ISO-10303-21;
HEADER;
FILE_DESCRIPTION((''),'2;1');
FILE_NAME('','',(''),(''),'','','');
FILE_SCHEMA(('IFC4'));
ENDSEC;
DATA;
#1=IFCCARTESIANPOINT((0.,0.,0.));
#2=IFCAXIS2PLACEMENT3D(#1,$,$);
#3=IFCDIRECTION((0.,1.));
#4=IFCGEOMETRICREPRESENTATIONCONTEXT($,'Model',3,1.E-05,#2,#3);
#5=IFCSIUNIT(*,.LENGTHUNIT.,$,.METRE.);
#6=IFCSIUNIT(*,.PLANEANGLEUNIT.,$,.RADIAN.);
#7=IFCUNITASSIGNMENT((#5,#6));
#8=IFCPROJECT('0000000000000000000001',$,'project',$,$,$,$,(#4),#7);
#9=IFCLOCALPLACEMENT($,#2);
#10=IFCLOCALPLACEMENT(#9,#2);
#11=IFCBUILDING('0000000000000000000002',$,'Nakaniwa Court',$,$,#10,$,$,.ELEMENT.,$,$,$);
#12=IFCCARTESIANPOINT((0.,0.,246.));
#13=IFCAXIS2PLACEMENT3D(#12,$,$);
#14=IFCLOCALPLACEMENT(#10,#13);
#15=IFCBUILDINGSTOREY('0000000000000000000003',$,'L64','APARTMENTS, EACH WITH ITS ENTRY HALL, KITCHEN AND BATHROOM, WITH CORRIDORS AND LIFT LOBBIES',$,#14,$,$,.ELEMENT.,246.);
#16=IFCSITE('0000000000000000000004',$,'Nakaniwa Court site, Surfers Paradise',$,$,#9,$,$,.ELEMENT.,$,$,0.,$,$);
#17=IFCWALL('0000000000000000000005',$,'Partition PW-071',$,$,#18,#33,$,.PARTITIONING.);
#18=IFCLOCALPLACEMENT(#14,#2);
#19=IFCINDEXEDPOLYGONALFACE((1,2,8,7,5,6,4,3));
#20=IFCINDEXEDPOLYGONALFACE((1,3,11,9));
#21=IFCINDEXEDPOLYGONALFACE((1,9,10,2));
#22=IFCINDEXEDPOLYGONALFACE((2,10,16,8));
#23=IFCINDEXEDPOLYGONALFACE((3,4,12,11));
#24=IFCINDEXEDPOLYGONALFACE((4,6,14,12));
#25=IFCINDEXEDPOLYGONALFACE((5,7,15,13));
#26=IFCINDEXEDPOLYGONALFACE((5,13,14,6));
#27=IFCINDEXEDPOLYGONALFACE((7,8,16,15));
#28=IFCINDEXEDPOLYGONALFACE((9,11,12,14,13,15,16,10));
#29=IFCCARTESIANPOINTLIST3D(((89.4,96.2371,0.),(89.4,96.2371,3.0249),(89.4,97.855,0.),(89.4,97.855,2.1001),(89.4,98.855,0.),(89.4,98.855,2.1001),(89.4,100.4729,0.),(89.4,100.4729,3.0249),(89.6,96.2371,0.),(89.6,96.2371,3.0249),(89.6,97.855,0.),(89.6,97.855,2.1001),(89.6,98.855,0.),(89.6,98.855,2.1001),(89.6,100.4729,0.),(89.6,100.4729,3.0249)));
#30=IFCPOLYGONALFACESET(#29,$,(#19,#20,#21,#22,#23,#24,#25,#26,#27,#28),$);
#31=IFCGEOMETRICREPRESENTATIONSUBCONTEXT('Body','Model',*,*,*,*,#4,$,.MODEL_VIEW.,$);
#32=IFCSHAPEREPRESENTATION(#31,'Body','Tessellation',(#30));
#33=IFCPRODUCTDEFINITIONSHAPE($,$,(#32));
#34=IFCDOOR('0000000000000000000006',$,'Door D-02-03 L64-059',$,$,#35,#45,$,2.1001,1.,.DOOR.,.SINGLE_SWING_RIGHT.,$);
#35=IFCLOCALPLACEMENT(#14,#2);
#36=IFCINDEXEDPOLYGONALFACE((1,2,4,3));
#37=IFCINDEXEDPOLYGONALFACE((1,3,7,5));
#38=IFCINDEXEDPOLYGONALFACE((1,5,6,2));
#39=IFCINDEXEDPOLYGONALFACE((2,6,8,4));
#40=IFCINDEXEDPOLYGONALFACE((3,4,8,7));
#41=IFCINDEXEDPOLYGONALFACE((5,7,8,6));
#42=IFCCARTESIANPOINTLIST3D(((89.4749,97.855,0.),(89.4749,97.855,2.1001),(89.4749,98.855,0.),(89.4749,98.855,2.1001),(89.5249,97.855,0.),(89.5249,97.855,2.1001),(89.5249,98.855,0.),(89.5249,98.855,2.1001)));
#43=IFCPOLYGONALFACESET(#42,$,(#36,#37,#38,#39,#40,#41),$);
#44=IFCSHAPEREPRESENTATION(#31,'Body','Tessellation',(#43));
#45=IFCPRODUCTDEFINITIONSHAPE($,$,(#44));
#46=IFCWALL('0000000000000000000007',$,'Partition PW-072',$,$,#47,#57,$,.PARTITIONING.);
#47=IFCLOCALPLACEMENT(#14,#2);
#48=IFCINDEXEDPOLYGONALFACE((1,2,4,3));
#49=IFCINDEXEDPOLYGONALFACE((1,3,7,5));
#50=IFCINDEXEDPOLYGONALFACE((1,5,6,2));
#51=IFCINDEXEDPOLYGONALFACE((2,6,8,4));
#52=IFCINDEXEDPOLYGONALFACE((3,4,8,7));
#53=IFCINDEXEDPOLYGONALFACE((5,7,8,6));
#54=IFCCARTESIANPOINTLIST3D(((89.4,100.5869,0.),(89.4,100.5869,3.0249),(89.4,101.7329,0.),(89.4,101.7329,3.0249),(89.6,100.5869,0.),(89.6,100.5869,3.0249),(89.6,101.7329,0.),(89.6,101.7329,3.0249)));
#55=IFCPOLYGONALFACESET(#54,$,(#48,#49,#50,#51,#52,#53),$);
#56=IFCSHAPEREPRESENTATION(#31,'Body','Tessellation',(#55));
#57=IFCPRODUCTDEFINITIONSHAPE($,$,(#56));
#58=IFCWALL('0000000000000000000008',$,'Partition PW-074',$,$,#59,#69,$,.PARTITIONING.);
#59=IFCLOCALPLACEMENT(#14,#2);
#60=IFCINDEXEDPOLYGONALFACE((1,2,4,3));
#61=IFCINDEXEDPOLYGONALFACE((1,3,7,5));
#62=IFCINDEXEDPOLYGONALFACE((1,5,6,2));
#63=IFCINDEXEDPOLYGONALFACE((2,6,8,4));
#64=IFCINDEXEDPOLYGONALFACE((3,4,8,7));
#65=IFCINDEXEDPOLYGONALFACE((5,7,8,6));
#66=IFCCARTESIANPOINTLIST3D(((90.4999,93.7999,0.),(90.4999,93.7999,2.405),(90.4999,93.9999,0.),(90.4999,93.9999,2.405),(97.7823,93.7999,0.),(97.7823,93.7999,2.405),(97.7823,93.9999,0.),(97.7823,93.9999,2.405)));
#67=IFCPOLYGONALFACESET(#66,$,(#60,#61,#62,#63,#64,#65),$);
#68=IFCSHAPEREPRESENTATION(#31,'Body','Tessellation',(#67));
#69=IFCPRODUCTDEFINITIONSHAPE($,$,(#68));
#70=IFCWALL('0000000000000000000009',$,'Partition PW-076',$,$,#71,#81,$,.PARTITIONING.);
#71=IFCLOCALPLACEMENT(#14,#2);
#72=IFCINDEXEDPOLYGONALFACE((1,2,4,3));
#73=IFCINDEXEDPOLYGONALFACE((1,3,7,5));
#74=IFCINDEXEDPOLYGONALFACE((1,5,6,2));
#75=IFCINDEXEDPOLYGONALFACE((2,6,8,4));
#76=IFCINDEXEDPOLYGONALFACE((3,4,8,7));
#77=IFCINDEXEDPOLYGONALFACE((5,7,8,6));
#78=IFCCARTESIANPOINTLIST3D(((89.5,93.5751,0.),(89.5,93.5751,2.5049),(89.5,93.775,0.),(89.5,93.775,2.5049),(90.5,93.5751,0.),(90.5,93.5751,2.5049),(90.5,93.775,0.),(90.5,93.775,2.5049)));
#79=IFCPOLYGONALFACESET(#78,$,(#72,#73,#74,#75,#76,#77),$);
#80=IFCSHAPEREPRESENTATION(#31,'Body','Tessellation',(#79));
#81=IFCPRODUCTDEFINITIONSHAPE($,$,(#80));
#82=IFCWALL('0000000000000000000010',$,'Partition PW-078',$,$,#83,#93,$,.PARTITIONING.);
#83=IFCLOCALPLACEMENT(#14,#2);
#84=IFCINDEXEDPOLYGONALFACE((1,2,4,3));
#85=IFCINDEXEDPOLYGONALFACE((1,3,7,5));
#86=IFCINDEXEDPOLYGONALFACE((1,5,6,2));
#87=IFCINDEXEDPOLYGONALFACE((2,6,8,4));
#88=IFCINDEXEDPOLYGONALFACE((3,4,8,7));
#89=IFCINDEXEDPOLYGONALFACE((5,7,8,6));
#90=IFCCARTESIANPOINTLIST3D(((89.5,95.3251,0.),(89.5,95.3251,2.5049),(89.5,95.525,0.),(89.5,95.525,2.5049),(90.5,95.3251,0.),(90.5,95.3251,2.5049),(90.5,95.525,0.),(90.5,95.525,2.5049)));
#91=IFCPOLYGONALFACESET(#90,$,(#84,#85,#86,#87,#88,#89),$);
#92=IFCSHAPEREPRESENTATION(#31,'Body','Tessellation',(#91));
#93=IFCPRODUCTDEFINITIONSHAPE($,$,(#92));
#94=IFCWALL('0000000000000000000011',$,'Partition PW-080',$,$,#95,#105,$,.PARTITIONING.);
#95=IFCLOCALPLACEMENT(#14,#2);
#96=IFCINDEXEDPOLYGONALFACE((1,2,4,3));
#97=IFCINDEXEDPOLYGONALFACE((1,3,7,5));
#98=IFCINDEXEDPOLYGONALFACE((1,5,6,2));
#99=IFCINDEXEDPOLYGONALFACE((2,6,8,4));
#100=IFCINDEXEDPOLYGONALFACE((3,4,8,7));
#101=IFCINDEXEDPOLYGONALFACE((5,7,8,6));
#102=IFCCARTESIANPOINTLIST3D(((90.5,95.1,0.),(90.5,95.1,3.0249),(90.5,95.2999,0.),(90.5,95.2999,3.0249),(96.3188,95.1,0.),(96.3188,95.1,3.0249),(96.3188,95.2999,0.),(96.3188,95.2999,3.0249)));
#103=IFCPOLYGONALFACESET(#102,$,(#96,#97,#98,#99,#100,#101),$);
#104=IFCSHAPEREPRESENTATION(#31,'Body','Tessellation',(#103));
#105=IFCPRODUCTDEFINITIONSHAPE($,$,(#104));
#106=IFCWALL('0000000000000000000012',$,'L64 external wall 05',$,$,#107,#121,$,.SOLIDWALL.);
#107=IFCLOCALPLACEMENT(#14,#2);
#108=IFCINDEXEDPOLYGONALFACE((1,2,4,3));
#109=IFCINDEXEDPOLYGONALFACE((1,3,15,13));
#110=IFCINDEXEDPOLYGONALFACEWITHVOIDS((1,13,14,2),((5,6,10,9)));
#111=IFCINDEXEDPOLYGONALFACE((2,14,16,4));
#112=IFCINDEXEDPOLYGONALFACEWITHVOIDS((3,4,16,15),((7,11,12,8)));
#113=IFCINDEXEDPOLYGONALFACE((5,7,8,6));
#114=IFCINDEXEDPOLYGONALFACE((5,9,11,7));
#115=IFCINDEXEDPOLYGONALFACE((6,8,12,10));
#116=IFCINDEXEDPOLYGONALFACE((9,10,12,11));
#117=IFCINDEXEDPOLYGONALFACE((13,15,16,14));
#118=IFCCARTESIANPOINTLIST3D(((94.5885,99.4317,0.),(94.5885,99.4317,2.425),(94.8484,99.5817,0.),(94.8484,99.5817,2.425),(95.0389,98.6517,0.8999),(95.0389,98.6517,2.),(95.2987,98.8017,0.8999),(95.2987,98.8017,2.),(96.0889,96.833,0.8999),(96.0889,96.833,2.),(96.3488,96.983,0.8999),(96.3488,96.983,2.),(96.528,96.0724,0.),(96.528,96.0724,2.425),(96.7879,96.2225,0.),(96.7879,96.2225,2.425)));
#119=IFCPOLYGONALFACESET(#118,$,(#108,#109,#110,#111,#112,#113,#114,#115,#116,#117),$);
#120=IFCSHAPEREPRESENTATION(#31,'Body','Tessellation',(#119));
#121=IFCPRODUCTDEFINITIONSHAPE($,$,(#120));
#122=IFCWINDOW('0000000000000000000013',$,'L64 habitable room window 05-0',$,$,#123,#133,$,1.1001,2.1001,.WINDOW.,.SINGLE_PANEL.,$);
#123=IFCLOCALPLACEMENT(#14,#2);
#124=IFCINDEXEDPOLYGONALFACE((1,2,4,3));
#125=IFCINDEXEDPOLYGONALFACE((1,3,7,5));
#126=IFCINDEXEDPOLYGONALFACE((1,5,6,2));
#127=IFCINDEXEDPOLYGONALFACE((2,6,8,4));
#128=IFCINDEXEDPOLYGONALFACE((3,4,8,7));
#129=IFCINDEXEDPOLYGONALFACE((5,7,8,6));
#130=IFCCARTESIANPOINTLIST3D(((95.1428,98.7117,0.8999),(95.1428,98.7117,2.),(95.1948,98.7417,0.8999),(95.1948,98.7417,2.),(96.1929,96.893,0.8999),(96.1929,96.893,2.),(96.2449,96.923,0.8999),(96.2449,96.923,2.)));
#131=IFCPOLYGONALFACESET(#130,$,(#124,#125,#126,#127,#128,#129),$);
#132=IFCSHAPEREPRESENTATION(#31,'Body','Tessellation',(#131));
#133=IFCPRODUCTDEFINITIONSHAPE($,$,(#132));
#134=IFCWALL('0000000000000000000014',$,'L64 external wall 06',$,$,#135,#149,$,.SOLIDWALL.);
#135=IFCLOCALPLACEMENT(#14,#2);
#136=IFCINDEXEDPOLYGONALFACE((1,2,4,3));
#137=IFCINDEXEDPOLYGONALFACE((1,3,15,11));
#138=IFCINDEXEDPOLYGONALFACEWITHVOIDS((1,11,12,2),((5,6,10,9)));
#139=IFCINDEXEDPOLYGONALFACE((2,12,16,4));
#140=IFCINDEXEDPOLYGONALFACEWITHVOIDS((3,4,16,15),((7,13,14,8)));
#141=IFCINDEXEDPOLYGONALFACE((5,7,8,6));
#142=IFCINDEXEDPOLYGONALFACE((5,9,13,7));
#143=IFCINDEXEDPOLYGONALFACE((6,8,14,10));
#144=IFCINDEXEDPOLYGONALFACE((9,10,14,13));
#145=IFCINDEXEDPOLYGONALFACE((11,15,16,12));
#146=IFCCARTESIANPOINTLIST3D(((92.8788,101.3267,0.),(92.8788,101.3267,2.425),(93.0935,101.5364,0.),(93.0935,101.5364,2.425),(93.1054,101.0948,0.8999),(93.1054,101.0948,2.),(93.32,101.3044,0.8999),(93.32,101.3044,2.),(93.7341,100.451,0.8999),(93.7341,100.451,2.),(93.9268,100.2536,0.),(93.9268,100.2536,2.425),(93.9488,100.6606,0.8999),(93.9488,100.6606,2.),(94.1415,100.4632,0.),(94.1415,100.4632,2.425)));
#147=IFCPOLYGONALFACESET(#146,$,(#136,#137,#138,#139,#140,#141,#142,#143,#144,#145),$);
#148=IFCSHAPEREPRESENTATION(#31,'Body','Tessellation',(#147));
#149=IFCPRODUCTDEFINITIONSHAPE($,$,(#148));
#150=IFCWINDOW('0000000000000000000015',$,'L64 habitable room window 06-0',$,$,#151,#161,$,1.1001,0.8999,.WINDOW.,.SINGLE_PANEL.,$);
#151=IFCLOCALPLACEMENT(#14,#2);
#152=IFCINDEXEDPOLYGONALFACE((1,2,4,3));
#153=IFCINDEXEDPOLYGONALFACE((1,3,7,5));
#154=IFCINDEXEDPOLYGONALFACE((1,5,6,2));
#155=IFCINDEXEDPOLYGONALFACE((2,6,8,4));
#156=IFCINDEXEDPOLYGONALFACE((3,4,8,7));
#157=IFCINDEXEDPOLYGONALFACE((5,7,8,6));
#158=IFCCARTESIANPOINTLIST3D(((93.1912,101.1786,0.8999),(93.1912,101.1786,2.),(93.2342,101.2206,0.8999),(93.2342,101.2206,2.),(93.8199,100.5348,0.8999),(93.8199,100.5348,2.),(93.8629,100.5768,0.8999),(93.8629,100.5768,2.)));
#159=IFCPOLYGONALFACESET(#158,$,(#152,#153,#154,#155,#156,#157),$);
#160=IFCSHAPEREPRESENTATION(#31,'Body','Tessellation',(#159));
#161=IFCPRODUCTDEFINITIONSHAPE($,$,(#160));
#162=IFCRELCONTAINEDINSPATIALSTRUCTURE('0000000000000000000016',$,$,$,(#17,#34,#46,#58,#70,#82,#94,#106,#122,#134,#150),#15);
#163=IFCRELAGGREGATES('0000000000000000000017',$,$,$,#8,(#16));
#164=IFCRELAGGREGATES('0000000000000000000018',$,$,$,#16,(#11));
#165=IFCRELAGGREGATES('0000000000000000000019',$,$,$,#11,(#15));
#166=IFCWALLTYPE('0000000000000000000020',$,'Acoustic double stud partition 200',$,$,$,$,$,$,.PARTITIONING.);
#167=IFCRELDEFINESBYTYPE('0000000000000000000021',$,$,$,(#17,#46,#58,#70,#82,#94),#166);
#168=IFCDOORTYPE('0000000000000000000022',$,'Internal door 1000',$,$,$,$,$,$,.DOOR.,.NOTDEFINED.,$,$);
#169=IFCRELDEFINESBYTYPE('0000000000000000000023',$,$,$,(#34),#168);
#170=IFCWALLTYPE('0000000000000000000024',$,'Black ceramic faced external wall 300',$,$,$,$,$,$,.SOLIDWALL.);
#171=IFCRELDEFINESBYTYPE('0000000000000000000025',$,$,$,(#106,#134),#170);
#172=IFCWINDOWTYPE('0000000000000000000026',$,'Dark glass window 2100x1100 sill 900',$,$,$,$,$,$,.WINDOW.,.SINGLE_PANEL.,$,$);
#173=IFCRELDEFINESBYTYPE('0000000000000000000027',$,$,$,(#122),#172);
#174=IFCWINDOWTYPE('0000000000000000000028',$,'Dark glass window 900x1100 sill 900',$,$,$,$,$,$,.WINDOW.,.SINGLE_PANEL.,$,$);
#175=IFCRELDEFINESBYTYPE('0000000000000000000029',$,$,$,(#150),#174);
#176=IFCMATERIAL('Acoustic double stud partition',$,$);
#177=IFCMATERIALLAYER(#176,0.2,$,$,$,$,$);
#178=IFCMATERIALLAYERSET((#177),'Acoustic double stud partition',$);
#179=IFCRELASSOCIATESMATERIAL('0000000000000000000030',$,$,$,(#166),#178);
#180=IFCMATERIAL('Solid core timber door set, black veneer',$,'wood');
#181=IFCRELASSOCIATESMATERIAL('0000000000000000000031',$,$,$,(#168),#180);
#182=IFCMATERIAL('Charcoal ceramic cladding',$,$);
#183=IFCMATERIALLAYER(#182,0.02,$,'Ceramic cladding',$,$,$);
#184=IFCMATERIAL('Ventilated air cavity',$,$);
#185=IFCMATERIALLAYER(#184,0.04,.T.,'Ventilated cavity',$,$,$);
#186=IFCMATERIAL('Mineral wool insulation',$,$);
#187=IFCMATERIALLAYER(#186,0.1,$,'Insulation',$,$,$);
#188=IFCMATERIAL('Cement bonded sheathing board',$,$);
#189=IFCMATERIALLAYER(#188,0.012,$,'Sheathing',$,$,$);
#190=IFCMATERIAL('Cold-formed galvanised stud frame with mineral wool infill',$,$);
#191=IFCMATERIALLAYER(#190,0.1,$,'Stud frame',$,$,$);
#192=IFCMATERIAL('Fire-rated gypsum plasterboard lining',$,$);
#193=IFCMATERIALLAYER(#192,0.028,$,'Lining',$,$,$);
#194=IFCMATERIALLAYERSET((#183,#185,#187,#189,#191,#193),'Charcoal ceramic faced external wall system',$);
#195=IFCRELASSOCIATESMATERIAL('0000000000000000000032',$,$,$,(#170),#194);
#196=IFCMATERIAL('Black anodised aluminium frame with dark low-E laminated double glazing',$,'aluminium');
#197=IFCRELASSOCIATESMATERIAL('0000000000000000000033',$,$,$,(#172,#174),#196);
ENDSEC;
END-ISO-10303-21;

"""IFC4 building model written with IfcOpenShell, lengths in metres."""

from ifc_helpers import new_model, si_unit, direction, frame, frame_2d, origin, place, context, subcontext, project, spatial, rectangle, extrude, material, layer, layer_set, type_object, element, fill, save


model = new_model("IFC4")

# Units and contexts
model_context = context("Model", 3, precision=1e-05, world=origin(), true_north=direction((0.0, 1.0)))
body_context = subcontext(model_context, "Body", "Model", "MODEL_VIEW")
ifc_project = project(units=[si_unit("LENGTHUNIT", "METRE"), si_unit("PLANEANGLEUNIT", "RADIAN")], contexts=[model_context])

# Site, building, storey
site_placement = place(None, origin())
site = spatial("IfcSite", under=ifc_project, at=site_placement, Name="Nakaniwa Court site, Surfers Paradise", CompositionType="ELEMENT", RefElevation=0.0)
building_placement = place(site_placement, origin())
building = spatial("IfcBuilding", under=site, at=building_placement, Name="Nakaniwa Court", CompositionType="ELEMENT")
storey_placement = place(building_placement, frame((0.0, 0.0, 246.0)))
storey = spatial("IfcBuildingStorey", under=building, at=storey_placement, Name="L64", Description="APARTMENTS, EACH WITH ITS ENTRY HALL, KITCHEN AND BATHROOM, WITH CORRIDORS AND LIFT LOBBIES", CompositionType="ELEMENT", Elevation=246.0)

# Shared definitions
ifc_material_1 = material(Name="Acoustic double stud partition")
ifc_layer_1 = layer(ifc_material_1, 0.2)
ifc_layer_set_1 = layer_set([ifc_layer_1], Name="Acoustic double stud partition")
wall_type_1 = type_object("IfcWallType", Name="Acoustic double stud partition 200", PredefinedType="PARTITIONING", material=ifc_layer_set_1)

# Wall, opening, door
wall_1_placement = place(storey_placement, frame((89.5, 100.4729, 0.0), z_axis=(0.0, 0.0, 1.0), x_axis=(0.0, -1.0, 0.0)))
wall_1 = element("IfcWall", 1, at=wall_1_placement, inside=storey, type_object=wall_type_1, Name="Partition PW-071", PredefinedType="PARTITIONING", context=body_context, shape_type="SweptSolid", body=[
    extrude(rectangle(XDim=4.2358, YDim=0.2, at=frame_2d((2.1179, 0.0))), origin(), (0.0, 0.0, 1.0), 3.0249),
])
opening_1_placement = place(wall_1_placement, frame((1.6179, 0.0, 0.0)))
opening_1 = element("IfcOpeningElement", 2, at=opening_1_placement, cuts=wall_1, PredefinedType="OPENING", context=body_context, shape_type="SweptSolid", body=[
    extrude(rectangle(XDim=1.0, YDim=2.1001, at=frame_2d((0.5, 1.05))), frame((0.0, 0.1099, 0.0), z_axis=(0.0, -1.0, 0.0), x_axis=(1.0, 0.0, 0.0)), (0.0, 0.0, 1.0), 0.22),
])
ifc_material_2 = material(Name="Solid core timber door set, black veneer", Category="wood")
door_type = type_object("IfcDoorType", Name="Internal door 1000", OperationType="NOTDEFINED", PredefinedType="DOOR", material=ifc_material_2)
door_placement = place(opening_1_placement, origin())
door = element("IfcDoor", 3, at=door_placement, inside=storey, type_object=door_type, Name="Door D-02-03 L64-059", OperationType="SINGLE_SWING_RIGHT", OverallHeight=2.1001, OverallWidth=1.0, PredefinedType="DOOR", context=body_context, shape_type="SweptSolid", body=[
    extrude(rectangle(XDim=1.0, YDim=2.1001, at=frame_2d((0.5, 1.05))), frame((0.0, 0.0249, 0.0), z_axis=(0.0, -1.0, 0.0), x_axis=(1.0, 0.0, 0.0)), (0.0, 0.0, 1.0), 0.05),
])
fill(opening_1, door)

# Walls
wall_2_placement = place(storey_placement, frame((89.5, 100.5869, 0.0), z_axis=(0.0, 0.0, 1.0), x_axis=(0.0, 1.0, 0.0)))
element("IfcWall", 4, at=wall_2_placement, inside=storey, type_object=wall_type_1, Name="Partition PW-072", PredefinedType="PARTITIONING", context=body_context, shape_type="SweptSolid", body=[
    extrude(rectangle(XDim=1.146, YDim=0.2, at=frame_2d((0.573, 0.0))), origin(), (0.0, 0.0, 1.0), 3.0249),
])
wall_3_placement = place(storey_placement, frame((90.5, 93.8999, 0.0), z_axis=(0.0, 0.0, 1.0), x_axis=(1.0, 0.0, 0.0)))
element("IfcWall", 5, at=wall_3_placement, inside=storey, type_object=wall_type_1, Name="Partition PW-074", PredefinedType="PARTITIONING", context=body_context, shape_type="SweptSolid", body=[
    extrude(rectangle(XDim=7.2825, YDim=0.2, at=frame_2d((3.6411, 0.0))), origin(), (0.0, 0.0, 1.0), 2.405),
])
for number, where, z_axis, x_axis, name in (
    (6, (89.5, 93.675, 0.0), (0.0, 0.0, 1.0), (1.0, 0.0, 0.0), "Partition PW-076"),
    (7, (89.5, 95.425, 0.0), (0.0, 0.0, 1.0), (1.0, 0.0, 0.0), "Partition PW-078"),
):
    element("IfcWall", number, at=place(storey_placement, frame(where, z_axis=z_axis, x_axis=x_axis)), inside=storey, type_object=wall_type_1, Name=name, PredefinedType="PARTITIONING", context=body_context, shape_type="SweptSolid", body=[
        extrude(rectangle(XDim=1.0, YDim=0.2, at=frame_2d((0.5, 0.0))), origin(), (0.0, 0.0, 1.0), 2.5049),
    ])
wall_4_placement = place(storey_placement, frame((90.5, 95.2, 0.0), z_axis=(0.0, 0.0, 1.0), x_axis=(1.0, 0.0, 0.0)))
element("IfcWall", 8, at=wall_4_placement, inside=storey, type_object=wall_type_1, Name="Partition PW-080", PredefinedType="PARTITIONING", context=body_context, shape_type="SweptSolid", body=[
    extrude(rectangle(XDim=5.8188, YDim=0.2, at=frame_2d((2.9094, 0.0))), origin(), (0.0, 0.0, 1.0), 3.0249),
])

# Walls, openings, windows
ifc_material_3 = material(Name="Charcoal ceramic cladding")
ifc_layer_2 = layer(ifc_material_3, 0.02, Name="Ceramic cladding")
ifc_material_4 = material(Name="Ventilated air cavity")
ifc_layer_3 = layer(ifc_material_4, 0.04, ventilated=True, Name="Ventilated cavity")
ifc_material_5 = material(Name="Mineral wool insulation")
ifc_layer_4 = layer(ifc_material_5, 0.1, Name="Insulation")
ifc_material_6 = material(Name="Cement bonded sheathing board")
ifc_layer_5 = layer(ifc_material_6, 0.012, Name="Sheathing")
ifc_material_7 = material(Name="Cold-formed galvanised stud frame with mineral wool infill")
ifc_layer_6 = layer(ifc_material_7, 0.1, Name="Stud frame")
ifc_material_8 = material(Name="Fire-rated gypsum plasterboard lining")
ifc_layer_7 = layer(ifc_material_8, 0.028, Name="Lining")
ifc_layer_set_2 = layer_set([ifc_layer_2, ifc_layer_3, ifc_layer_4, ifc_layer_5, ifc_layer_6, ifc_layer_7], Name="Charcoal ceramic faced external wall system")
wall_type_2 = type_object("IfcWallType", Name="Black ceramic faced external wall 300", PredefinedType="SOLIDWALL", material=ifc_layer_set_2)
wall_5_placement = place(storey_placement, frame((96.658, 96.1475, 0.0), z_axis=(0.0, 0.0, 1.0), x_axis=(-0.500011, 0.866019, 0.0)))
wall_5 = element("IfcWall", 9, at=wall_5_placement, inside=storey, type_object=wall_type_2, Name="L64 external wall 05", PredefinedType="SOLIDWALL", context=body_context, shape_type="SweptSolid", body=[
    extrude(rectangle(XDim=3.8789, YDim=0.3, at=frame_2d((1.9395, 0.0))), origin(), (0.0, 0.0, 1.0), 2.425),
])
opening_2_placement = place(wall_5_placement, frame((0.8782, 0.0, 0.8999)))
opening_2 = element("IfcOpeningElement", 10, at=opening_2_placement, cuts=wall_5, PredefinedType="OPENING", context=body_context, shape_type="SweptSolid", body=[
    extrude(rectangle(XDim=2.1001, YDim=1.1001, at=frame_2d((1.05, 0.55))), frame((0.0, 0.1599, 0.0), z_axis=(0.0, -1.0, 0.0), x_axis=(1.0, 0.0, 0.0)), (0.0, 0.0, 1.0), 0.3201),
])
ifc_material_9 = material(Name="Black anodised aluminium frame with dark low-E laminated double glazing", Category="aluminium")
window_type_1 = type_object("IfcWindowType", Name="Dark glass window 2100x1100 sill 900", PartitioningType="SINGLE_PANEL", PredefinedType="WINDOW", material=ifc_material_9)
window_1_placement = place(opening_2_placement, origin())
window_1 = element("IfcWindow", 11, at=window_1_placement, inside=storey, type_object=window_type_1, Name="L64 habitable room window 05-0", OverallHeight=1.1001, OverallWidth=2.1001, PartitioningType="SINGLE_PANEL", PredefinedType="WINDOW", context=body_context, shape_type="SweptSolid", body=[
    extrude(rectangle(XDim=2.1001, YDim=1.1001, at=frame_2d((1.05, 0.55))), frame((0.0, 0.03, 0.0), z_axis=(0.0, -1.0, 0.0), x_axis=(1.0, 0.0, 0.0)), (0.0, 0.0, 1.0), 0.0601),
])
fill(opening_2, window_1)
wall_6_placement = place(storey_placement, frame((94.0342, 100.3584, 0.0), z_axis=(0.0, 0.0, 1.0), x_axis=(-0.698676, 0.715439, 0.0)))
wall_6 = element("IfcWall", 12, at=wall_6_placement, inside=storey, type_object=wall_type_2, Name="L64 external wall 06", PredefinedType="SOLIDWALL", context=body_context, shape_type="SweptSolid", body=[
    extrude(rectangle(XDim=1.5, YDim=0.3, at=frame_2d((0.75, 0.0))), origin(), (0.0, 0.0, 1.0), 2.425),
])
opening_3_placement = place(wall_6_placement, frame((0.2759, 0.0, 0.8999)))
opening_3 = element("IfcOpeningElement", 13, at=opening_3_placement, cuts=wall_6, PredefinedType="OPENING", context=body_context, shape_type="SweptSolid", body=[
    extrude(rectangle(XDim=0.8999, YDim=1.1001, at=frame_2d((0.45, 0.55))), frame((0.0, 0.1599, 0.0), z_axis=(0.0, -1.0, 0.0), x_axis=(1.0, 0.0, 0.0)), (0.0, 0.0, 1.0), 0.3201),
])
window_type_2 = type_object("IfcWindowType", Name="Dark glass window 900x1100 sill 900", PartitioningType="SINGLE_PANEL", PredefinedType="WINDOW", material=ifc_material_9)
window_2_placement = place(opening_3_placement, origin())
window_2 = element("IfcWindow", 14, at=window_2_placement, inside=storey, type_object=window_type_2, Name="L64 habitable room window 06-0", OverallHeight=1.1001, OverallWidth=0.8999, PartitioningType="SINGLE_PANEL", PredefinedType="WINDOW", context=body_context, shape_type="SweptSolid", body=[
    extrude(rectangle(XDim=0.8999, YDim=1.1001, at=frame_2d((0.45, 0.55))), frame((0.0, 0.03, 0.0), z_axis=(0.0, -1.0, 0.0), x_axis=(1.0, 0.0, 0.0)), (0.0, 0.0, 1.0), 0.0601),
])
fill(opening_3, window_2)

save(model, "model.ifc")
